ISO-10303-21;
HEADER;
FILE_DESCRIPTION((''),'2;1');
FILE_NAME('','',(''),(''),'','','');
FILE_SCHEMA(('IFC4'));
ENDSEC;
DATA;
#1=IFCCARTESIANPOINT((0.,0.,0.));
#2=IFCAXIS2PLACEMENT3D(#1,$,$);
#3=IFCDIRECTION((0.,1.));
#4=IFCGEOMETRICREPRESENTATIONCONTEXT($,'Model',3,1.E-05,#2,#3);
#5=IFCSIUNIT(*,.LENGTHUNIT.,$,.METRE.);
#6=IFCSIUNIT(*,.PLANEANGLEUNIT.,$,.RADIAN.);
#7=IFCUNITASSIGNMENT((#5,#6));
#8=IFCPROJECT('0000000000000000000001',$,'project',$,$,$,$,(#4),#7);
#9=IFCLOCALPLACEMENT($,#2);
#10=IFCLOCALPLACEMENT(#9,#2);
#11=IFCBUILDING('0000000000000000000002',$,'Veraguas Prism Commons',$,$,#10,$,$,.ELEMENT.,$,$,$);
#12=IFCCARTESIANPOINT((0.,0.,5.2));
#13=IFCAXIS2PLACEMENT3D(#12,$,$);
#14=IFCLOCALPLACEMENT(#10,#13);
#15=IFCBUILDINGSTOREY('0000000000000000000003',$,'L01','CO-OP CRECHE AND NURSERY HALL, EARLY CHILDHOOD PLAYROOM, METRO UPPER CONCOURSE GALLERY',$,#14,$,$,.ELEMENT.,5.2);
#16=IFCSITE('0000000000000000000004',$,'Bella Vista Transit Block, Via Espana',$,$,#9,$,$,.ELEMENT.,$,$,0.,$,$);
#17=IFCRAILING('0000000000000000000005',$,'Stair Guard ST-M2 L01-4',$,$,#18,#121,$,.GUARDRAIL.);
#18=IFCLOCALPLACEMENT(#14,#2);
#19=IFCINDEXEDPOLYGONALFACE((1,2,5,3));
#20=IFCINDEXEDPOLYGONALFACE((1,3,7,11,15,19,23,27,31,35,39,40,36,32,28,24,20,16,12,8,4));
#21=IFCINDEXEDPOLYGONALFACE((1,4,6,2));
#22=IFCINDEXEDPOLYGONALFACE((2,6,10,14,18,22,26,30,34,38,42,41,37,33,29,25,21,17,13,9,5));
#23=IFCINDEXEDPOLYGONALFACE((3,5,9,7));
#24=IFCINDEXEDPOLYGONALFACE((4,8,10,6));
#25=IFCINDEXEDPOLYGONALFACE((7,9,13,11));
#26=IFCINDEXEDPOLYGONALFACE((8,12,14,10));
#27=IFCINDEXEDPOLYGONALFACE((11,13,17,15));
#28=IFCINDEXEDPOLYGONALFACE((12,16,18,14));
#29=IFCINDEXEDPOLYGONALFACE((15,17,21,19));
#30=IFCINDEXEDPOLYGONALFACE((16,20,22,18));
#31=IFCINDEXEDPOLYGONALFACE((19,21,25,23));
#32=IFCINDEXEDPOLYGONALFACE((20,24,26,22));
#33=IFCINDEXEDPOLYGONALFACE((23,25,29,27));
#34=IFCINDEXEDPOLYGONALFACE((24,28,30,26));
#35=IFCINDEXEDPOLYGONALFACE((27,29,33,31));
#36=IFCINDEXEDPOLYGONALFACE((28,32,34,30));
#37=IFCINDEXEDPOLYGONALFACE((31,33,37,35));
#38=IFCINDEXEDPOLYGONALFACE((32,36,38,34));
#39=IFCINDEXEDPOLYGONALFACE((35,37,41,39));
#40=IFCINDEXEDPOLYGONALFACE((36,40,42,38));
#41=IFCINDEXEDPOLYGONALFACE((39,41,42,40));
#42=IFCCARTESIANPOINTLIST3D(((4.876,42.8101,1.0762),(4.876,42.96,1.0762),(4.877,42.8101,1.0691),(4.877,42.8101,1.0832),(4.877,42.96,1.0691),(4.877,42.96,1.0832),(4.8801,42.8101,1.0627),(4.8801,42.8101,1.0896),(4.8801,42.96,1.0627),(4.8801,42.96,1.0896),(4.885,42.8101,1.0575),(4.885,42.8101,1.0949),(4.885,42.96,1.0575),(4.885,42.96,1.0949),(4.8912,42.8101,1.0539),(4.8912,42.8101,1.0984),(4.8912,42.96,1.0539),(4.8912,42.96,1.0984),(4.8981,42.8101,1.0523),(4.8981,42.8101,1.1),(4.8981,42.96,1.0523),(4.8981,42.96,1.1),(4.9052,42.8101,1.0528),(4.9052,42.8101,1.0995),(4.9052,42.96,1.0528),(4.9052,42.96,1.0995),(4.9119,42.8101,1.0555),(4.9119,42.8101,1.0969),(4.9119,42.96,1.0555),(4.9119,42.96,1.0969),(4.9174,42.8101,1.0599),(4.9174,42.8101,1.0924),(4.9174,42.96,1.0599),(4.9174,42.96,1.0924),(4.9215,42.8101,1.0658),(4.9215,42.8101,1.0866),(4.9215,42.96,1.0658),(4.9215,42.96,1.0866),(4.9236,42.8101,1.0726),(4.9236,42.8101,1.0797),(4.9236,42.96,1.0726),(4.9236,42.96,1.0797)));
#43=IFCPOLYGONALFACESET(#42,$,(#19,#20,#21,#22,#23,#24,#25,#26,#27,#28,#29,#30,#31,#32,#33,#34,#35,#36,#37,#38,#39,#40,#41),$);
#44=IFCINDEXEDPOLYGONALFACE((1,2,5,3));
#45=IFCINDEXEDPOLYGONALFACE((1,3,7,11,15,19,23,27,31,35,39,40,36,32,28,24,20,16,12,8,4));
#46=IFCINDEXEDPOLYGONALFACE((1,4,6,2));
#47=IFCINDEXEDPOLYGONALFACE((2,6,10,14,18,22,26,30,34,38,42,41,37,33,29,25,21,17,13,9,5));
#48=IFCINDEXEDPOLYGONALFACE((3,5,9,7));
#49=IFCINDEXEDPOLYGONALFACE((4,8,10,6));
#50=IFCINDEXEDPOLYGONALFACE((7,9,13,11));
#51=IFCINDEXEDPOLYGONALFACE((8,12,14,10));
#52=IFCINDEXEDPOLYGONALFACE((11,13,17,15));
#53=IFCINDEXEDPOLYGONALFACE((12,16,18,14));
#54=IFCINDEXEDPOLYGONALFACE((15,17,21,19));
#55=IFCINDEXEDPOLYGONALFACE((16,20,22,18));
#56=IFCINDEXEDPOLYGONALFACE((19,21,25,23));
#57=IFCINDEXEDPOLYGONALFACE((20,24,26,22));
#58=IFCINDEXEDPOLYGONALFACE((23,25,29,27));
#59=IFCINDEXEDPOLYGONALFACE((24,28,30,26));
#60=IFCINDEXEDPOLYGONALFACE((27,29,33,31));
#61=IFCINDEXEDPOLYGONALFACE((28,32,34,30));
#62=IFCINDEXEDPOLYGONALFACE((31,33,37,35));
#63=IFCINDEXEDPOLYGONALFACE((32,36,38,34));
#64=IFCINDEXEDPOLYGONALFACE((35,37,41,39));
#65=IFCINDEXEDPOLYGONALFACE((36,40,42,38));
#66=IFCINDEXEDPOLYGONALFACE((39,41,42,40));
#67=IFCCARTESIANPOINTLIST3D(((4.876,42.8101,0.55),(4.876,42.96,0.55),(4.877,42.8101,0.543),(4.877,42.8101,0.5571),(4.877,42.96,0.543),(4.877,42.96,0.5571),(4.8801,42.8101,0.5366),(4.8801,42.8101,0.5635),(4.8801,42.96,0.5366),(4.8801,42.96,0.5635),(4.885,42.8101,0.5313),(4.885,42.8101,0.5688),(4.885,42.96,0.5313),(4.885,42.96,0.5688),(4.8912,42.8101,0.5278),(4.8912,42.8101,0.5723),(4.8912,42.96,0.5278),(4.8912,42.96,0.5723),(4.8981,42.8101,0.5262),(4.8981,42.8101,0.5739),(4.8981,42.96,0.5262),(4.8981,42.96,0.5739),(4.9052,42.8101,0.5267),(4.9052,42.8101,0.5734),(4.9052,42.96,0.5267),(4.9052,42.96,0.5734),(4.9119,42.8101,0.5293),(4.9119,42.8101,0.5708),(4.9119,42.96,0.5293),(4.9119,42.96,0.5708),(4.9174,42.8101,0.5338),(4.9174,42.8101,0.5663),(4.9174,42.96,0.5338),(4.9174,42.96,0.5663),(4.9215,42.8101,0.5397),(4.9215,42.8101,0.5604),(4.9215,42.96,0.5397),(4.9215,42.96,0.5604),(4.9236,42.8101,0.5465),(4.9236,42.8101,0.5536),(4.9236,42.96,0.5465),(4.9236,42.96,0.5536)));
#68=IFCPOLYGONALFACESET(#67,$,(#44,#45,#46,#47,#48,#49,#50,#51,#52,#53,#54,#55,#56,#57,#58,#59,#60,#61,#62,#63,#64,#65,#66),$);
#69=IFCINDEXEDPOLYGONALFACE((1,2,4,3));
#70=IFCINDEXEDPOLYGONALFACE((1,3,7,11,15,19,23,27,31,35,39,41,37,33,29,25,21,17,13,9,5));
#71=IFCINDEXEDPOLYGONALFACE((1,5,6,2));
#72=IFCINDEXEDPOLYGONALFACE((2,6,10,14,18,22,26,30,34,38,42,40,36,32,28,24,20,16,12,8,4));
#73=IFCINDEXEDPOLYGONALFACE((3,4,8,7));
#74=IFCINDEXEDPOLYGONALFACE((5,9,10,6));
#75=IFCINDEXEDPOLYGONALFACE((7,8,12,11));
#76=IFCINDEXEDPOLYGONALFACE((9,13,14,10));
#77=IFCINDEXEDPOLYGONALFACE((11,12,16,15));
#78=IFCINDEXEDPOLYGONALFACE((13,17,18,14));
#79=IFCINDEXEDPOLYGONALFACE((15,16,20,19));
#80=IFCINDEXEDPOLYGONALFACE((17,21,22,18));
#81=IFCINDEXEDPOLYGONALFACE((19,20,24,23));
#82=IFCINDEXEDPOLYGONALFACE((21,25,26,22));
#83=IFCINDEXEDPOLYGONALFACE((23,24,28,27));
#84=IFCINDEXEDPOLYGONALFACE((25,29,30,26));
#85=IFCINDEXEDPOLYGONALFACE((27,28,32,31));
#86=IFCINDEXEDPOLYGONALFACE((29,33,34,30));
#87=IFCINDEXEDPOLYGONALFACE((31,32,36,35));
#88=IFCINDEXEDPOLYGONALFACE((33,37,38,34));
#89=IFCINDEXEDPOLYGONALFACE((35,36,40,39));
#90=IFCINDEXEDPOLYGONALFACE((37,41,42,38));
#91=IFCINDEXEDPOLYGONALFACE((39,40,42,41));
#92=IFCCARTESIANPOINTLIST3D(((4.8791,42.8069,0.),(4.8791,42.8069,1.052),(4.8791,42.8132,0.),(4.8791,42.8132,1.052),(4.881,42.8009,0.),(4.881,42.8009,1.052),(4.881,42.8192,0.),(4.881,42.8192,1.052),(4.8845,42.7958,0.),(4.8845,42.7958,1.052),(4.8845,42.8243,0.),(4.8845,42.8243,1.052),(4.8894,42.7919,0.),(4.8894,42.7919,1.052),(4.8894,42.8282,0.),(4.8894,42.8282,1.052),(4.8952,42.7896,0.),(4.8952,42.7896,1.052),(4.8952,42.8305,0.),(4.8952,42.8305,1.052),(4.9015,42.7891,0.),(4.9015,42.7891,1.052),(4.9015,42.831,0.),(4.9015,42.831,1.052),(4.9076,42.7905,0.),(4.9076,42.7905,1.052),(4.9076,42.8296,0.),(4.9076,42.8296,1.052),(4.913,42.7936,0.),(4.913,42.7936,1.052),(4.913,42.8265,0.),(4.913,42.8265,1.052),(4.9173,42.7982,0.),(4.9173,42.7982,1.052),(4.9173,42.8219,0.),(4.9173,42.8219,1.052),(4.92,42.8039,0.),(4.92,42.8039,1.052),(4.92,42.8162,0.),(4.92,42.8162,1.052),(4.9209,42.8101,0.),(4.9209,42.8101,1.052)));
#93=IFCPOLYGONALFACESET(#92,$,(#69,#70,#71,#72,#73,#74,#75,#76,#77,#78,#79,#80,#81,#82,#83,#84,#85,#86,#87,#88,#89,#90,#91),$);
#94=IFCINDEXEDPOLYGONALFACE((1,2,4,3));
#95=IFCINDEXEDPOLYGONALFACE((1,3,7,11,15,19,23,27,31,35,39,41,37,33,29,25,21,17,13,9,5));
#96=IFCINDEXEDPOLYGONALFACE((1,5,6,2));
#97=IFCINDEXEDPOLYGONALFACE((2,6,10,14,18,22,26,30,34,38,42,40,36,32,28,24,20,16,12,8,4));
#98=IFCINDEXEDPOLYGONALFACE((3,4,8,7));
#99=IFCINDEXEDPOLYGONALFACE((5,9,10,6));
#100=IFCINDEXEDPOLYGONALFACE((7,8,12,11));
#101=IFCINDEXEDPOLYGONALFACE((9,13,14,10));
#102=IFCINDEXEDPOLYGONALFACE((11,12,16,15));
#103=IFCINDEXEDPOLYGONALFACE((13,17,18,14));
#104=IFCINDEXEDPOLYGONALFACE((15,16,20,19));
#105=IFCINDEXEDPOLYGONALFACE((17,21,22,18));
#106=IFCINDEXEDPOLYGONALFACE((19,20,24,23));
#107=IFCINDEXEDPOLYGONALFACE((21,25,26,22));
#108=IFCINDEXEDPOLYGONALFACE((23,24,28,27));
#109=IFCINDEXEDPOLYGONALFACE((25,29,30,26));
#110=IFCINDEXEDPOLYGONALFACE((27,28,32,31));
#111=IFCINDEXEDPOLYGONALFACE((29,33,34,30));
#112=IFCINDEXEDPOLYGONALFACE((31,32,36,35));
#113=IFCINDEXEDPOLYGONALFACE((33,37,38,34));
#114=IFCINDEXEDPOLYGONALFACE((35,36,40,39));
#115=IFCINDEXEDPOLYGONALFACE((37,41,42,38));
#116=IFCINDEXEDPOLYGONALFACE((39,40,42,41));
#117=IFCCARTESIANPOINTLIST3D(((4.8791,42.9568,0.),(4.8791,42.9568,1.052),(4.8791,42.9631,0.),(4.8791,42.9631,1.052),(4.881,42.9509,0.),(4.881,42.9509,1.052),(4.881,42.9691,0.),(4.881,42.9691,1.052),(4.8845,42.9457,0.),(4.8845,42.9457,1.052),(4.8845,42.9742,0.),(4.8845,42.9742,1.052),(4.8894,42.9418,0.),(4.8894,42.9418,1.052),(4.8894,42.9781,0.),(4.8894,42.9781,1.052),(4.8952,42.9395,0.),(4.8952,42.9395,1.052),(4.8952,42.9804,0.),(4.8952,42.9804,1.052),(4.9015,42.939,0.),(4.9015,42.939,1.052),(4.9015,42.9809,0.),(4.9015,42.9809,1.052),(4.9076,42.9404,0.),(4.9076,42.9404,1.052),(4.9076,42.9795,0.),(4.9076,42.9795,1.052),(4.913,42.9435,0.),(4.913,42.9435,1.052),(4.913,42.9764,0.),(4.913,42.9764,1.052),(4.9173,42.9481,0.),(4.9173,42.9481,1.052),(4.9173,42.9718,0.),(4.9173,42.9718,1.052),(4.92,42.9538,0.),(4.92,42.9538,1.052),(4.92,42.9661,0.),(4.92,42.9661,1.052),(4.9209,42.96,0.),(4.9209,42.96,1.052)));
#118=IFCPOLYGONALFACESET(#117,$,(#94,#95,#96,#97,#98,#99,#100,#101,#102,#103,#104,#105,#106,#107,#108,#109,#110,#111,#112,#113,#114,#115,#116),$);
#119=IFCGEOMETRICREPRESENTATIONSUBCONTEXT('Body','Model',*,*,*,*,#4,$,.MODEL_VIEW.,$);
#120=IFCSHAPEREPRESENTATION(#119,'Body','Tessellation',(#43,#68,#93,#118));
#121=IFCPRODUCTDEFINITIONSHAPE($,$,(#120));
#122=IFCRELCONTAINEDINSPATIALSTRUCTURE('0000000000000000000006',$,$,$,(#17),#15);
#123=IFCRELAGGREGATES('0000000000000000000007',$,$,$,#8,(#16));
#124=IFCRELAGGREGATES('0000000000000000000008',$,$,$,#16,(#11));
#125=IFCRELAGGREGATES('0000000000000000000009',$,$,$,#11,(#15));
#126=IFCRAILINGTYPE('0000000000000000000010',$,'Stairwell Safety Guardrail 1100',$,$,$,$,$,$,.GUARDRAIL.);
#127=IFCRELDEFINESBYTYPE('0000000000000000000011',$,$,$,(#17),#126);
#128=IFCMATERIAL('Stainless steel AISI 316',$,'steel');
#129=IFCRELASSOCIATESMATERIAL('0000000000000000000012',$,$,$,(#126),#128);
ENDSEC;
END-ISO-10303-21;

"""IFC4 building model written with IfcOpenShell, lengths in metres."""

from ifc_helpers import new_model, si_unit, direction, frame, origin, origin_2d, place, context, subcontext, project, spatial, circle, extrude, material, type_object, element, save


model = new_model("IFC4")

# Units and contexts
model_context = context("Model", 3, precision=1e-05, world=origin(), true_north=direction((0.0, 1.0)))
body_context = subcontext(model_context, "Body", "Model", "MODEL_VIEW")
ifc_project = project(units=[si_unit("LENGTHUNIT", "METRE"), si_unit("PLANEANGLEUNIT", "RADIAN")], contexts=[model_context])

# Site, building, storey
site_placement = place(None, origin())
site = spatial("IfcSite", under=ifc_project, at=site_placement, Name="Bella Vista Transit Block, Via Espana", CompositionType="ELEMENT", RefElevation=0.0)
building_placement = place(site_placement, origin())
building = spatial("IfcBuilding", under=site, at=building_placement, Name="Veraguas Prism Commons", CompositionType="ELEMENT")
storey_placement = place(building_placement, frame((0.0, 0.0, 5.2)))
storey = spatial("IfcBuildingStorey", under=building, at=storey_placement, Name="L01", Description="CO-OP CRECHE AND NURSERY HALL, EARLY CHILDHOOD PLAYROOM, METRO UPPER CONCOURSE GALLERY", CompositionType="ELEMENT", Elevation=5.2)

# Railing
ifc_material_1 = material(Name="Stainless steel AISI 316", Category="steel")
railing_type_1 = type_object("IfcRailingType", Name="Stairwell Safety Guardrail 1100", PredefinedType="GUARDRAIL", material=ifc_material_1)
railing_1_placement = place(storey_placement, frame((4.8999, 42.8101, 0.0)))
element("IfcRailing", 1, at=railing_1_placement, inside=storey, type_object=railing_type_1, Name="Stair Guard ST-M2 L01-4", PredefinedType="GUARDRAIL", context=body_context, shape_type="SweptSolid", body=[
    extrude(circle(Radius=0.0239, at=origin_2d()), frame((0.0, 0.0, 1.0762), z_axis=(0.0, 1.0, 0.0), x_axis=(-1.0, 0.0, 0.0)), (0.0, 0.0, 1.0), 0.1499),
    extrude(circle(Radius=0.0239, at=origin_2d()), frame((0.0, 0.0, 0.55), z_axis=(0.0, 1.0, 0.0), x_axis=(-1.0, 0.0, 0.0)), (0.0, 0.0, 1.0), 0.1499),
    extrude(circle(Radius=0.021, at=origin_2d()), origin(), (0.0, 0.0, 1.0), 1.052),
    extrude(circle(Radius=0.021, at=origin_2d()), frame((0.0, 0.1499, 0.0)), (0.0, 0.0, 1.0), 1.052),
])

save(model, "model.ifc")
